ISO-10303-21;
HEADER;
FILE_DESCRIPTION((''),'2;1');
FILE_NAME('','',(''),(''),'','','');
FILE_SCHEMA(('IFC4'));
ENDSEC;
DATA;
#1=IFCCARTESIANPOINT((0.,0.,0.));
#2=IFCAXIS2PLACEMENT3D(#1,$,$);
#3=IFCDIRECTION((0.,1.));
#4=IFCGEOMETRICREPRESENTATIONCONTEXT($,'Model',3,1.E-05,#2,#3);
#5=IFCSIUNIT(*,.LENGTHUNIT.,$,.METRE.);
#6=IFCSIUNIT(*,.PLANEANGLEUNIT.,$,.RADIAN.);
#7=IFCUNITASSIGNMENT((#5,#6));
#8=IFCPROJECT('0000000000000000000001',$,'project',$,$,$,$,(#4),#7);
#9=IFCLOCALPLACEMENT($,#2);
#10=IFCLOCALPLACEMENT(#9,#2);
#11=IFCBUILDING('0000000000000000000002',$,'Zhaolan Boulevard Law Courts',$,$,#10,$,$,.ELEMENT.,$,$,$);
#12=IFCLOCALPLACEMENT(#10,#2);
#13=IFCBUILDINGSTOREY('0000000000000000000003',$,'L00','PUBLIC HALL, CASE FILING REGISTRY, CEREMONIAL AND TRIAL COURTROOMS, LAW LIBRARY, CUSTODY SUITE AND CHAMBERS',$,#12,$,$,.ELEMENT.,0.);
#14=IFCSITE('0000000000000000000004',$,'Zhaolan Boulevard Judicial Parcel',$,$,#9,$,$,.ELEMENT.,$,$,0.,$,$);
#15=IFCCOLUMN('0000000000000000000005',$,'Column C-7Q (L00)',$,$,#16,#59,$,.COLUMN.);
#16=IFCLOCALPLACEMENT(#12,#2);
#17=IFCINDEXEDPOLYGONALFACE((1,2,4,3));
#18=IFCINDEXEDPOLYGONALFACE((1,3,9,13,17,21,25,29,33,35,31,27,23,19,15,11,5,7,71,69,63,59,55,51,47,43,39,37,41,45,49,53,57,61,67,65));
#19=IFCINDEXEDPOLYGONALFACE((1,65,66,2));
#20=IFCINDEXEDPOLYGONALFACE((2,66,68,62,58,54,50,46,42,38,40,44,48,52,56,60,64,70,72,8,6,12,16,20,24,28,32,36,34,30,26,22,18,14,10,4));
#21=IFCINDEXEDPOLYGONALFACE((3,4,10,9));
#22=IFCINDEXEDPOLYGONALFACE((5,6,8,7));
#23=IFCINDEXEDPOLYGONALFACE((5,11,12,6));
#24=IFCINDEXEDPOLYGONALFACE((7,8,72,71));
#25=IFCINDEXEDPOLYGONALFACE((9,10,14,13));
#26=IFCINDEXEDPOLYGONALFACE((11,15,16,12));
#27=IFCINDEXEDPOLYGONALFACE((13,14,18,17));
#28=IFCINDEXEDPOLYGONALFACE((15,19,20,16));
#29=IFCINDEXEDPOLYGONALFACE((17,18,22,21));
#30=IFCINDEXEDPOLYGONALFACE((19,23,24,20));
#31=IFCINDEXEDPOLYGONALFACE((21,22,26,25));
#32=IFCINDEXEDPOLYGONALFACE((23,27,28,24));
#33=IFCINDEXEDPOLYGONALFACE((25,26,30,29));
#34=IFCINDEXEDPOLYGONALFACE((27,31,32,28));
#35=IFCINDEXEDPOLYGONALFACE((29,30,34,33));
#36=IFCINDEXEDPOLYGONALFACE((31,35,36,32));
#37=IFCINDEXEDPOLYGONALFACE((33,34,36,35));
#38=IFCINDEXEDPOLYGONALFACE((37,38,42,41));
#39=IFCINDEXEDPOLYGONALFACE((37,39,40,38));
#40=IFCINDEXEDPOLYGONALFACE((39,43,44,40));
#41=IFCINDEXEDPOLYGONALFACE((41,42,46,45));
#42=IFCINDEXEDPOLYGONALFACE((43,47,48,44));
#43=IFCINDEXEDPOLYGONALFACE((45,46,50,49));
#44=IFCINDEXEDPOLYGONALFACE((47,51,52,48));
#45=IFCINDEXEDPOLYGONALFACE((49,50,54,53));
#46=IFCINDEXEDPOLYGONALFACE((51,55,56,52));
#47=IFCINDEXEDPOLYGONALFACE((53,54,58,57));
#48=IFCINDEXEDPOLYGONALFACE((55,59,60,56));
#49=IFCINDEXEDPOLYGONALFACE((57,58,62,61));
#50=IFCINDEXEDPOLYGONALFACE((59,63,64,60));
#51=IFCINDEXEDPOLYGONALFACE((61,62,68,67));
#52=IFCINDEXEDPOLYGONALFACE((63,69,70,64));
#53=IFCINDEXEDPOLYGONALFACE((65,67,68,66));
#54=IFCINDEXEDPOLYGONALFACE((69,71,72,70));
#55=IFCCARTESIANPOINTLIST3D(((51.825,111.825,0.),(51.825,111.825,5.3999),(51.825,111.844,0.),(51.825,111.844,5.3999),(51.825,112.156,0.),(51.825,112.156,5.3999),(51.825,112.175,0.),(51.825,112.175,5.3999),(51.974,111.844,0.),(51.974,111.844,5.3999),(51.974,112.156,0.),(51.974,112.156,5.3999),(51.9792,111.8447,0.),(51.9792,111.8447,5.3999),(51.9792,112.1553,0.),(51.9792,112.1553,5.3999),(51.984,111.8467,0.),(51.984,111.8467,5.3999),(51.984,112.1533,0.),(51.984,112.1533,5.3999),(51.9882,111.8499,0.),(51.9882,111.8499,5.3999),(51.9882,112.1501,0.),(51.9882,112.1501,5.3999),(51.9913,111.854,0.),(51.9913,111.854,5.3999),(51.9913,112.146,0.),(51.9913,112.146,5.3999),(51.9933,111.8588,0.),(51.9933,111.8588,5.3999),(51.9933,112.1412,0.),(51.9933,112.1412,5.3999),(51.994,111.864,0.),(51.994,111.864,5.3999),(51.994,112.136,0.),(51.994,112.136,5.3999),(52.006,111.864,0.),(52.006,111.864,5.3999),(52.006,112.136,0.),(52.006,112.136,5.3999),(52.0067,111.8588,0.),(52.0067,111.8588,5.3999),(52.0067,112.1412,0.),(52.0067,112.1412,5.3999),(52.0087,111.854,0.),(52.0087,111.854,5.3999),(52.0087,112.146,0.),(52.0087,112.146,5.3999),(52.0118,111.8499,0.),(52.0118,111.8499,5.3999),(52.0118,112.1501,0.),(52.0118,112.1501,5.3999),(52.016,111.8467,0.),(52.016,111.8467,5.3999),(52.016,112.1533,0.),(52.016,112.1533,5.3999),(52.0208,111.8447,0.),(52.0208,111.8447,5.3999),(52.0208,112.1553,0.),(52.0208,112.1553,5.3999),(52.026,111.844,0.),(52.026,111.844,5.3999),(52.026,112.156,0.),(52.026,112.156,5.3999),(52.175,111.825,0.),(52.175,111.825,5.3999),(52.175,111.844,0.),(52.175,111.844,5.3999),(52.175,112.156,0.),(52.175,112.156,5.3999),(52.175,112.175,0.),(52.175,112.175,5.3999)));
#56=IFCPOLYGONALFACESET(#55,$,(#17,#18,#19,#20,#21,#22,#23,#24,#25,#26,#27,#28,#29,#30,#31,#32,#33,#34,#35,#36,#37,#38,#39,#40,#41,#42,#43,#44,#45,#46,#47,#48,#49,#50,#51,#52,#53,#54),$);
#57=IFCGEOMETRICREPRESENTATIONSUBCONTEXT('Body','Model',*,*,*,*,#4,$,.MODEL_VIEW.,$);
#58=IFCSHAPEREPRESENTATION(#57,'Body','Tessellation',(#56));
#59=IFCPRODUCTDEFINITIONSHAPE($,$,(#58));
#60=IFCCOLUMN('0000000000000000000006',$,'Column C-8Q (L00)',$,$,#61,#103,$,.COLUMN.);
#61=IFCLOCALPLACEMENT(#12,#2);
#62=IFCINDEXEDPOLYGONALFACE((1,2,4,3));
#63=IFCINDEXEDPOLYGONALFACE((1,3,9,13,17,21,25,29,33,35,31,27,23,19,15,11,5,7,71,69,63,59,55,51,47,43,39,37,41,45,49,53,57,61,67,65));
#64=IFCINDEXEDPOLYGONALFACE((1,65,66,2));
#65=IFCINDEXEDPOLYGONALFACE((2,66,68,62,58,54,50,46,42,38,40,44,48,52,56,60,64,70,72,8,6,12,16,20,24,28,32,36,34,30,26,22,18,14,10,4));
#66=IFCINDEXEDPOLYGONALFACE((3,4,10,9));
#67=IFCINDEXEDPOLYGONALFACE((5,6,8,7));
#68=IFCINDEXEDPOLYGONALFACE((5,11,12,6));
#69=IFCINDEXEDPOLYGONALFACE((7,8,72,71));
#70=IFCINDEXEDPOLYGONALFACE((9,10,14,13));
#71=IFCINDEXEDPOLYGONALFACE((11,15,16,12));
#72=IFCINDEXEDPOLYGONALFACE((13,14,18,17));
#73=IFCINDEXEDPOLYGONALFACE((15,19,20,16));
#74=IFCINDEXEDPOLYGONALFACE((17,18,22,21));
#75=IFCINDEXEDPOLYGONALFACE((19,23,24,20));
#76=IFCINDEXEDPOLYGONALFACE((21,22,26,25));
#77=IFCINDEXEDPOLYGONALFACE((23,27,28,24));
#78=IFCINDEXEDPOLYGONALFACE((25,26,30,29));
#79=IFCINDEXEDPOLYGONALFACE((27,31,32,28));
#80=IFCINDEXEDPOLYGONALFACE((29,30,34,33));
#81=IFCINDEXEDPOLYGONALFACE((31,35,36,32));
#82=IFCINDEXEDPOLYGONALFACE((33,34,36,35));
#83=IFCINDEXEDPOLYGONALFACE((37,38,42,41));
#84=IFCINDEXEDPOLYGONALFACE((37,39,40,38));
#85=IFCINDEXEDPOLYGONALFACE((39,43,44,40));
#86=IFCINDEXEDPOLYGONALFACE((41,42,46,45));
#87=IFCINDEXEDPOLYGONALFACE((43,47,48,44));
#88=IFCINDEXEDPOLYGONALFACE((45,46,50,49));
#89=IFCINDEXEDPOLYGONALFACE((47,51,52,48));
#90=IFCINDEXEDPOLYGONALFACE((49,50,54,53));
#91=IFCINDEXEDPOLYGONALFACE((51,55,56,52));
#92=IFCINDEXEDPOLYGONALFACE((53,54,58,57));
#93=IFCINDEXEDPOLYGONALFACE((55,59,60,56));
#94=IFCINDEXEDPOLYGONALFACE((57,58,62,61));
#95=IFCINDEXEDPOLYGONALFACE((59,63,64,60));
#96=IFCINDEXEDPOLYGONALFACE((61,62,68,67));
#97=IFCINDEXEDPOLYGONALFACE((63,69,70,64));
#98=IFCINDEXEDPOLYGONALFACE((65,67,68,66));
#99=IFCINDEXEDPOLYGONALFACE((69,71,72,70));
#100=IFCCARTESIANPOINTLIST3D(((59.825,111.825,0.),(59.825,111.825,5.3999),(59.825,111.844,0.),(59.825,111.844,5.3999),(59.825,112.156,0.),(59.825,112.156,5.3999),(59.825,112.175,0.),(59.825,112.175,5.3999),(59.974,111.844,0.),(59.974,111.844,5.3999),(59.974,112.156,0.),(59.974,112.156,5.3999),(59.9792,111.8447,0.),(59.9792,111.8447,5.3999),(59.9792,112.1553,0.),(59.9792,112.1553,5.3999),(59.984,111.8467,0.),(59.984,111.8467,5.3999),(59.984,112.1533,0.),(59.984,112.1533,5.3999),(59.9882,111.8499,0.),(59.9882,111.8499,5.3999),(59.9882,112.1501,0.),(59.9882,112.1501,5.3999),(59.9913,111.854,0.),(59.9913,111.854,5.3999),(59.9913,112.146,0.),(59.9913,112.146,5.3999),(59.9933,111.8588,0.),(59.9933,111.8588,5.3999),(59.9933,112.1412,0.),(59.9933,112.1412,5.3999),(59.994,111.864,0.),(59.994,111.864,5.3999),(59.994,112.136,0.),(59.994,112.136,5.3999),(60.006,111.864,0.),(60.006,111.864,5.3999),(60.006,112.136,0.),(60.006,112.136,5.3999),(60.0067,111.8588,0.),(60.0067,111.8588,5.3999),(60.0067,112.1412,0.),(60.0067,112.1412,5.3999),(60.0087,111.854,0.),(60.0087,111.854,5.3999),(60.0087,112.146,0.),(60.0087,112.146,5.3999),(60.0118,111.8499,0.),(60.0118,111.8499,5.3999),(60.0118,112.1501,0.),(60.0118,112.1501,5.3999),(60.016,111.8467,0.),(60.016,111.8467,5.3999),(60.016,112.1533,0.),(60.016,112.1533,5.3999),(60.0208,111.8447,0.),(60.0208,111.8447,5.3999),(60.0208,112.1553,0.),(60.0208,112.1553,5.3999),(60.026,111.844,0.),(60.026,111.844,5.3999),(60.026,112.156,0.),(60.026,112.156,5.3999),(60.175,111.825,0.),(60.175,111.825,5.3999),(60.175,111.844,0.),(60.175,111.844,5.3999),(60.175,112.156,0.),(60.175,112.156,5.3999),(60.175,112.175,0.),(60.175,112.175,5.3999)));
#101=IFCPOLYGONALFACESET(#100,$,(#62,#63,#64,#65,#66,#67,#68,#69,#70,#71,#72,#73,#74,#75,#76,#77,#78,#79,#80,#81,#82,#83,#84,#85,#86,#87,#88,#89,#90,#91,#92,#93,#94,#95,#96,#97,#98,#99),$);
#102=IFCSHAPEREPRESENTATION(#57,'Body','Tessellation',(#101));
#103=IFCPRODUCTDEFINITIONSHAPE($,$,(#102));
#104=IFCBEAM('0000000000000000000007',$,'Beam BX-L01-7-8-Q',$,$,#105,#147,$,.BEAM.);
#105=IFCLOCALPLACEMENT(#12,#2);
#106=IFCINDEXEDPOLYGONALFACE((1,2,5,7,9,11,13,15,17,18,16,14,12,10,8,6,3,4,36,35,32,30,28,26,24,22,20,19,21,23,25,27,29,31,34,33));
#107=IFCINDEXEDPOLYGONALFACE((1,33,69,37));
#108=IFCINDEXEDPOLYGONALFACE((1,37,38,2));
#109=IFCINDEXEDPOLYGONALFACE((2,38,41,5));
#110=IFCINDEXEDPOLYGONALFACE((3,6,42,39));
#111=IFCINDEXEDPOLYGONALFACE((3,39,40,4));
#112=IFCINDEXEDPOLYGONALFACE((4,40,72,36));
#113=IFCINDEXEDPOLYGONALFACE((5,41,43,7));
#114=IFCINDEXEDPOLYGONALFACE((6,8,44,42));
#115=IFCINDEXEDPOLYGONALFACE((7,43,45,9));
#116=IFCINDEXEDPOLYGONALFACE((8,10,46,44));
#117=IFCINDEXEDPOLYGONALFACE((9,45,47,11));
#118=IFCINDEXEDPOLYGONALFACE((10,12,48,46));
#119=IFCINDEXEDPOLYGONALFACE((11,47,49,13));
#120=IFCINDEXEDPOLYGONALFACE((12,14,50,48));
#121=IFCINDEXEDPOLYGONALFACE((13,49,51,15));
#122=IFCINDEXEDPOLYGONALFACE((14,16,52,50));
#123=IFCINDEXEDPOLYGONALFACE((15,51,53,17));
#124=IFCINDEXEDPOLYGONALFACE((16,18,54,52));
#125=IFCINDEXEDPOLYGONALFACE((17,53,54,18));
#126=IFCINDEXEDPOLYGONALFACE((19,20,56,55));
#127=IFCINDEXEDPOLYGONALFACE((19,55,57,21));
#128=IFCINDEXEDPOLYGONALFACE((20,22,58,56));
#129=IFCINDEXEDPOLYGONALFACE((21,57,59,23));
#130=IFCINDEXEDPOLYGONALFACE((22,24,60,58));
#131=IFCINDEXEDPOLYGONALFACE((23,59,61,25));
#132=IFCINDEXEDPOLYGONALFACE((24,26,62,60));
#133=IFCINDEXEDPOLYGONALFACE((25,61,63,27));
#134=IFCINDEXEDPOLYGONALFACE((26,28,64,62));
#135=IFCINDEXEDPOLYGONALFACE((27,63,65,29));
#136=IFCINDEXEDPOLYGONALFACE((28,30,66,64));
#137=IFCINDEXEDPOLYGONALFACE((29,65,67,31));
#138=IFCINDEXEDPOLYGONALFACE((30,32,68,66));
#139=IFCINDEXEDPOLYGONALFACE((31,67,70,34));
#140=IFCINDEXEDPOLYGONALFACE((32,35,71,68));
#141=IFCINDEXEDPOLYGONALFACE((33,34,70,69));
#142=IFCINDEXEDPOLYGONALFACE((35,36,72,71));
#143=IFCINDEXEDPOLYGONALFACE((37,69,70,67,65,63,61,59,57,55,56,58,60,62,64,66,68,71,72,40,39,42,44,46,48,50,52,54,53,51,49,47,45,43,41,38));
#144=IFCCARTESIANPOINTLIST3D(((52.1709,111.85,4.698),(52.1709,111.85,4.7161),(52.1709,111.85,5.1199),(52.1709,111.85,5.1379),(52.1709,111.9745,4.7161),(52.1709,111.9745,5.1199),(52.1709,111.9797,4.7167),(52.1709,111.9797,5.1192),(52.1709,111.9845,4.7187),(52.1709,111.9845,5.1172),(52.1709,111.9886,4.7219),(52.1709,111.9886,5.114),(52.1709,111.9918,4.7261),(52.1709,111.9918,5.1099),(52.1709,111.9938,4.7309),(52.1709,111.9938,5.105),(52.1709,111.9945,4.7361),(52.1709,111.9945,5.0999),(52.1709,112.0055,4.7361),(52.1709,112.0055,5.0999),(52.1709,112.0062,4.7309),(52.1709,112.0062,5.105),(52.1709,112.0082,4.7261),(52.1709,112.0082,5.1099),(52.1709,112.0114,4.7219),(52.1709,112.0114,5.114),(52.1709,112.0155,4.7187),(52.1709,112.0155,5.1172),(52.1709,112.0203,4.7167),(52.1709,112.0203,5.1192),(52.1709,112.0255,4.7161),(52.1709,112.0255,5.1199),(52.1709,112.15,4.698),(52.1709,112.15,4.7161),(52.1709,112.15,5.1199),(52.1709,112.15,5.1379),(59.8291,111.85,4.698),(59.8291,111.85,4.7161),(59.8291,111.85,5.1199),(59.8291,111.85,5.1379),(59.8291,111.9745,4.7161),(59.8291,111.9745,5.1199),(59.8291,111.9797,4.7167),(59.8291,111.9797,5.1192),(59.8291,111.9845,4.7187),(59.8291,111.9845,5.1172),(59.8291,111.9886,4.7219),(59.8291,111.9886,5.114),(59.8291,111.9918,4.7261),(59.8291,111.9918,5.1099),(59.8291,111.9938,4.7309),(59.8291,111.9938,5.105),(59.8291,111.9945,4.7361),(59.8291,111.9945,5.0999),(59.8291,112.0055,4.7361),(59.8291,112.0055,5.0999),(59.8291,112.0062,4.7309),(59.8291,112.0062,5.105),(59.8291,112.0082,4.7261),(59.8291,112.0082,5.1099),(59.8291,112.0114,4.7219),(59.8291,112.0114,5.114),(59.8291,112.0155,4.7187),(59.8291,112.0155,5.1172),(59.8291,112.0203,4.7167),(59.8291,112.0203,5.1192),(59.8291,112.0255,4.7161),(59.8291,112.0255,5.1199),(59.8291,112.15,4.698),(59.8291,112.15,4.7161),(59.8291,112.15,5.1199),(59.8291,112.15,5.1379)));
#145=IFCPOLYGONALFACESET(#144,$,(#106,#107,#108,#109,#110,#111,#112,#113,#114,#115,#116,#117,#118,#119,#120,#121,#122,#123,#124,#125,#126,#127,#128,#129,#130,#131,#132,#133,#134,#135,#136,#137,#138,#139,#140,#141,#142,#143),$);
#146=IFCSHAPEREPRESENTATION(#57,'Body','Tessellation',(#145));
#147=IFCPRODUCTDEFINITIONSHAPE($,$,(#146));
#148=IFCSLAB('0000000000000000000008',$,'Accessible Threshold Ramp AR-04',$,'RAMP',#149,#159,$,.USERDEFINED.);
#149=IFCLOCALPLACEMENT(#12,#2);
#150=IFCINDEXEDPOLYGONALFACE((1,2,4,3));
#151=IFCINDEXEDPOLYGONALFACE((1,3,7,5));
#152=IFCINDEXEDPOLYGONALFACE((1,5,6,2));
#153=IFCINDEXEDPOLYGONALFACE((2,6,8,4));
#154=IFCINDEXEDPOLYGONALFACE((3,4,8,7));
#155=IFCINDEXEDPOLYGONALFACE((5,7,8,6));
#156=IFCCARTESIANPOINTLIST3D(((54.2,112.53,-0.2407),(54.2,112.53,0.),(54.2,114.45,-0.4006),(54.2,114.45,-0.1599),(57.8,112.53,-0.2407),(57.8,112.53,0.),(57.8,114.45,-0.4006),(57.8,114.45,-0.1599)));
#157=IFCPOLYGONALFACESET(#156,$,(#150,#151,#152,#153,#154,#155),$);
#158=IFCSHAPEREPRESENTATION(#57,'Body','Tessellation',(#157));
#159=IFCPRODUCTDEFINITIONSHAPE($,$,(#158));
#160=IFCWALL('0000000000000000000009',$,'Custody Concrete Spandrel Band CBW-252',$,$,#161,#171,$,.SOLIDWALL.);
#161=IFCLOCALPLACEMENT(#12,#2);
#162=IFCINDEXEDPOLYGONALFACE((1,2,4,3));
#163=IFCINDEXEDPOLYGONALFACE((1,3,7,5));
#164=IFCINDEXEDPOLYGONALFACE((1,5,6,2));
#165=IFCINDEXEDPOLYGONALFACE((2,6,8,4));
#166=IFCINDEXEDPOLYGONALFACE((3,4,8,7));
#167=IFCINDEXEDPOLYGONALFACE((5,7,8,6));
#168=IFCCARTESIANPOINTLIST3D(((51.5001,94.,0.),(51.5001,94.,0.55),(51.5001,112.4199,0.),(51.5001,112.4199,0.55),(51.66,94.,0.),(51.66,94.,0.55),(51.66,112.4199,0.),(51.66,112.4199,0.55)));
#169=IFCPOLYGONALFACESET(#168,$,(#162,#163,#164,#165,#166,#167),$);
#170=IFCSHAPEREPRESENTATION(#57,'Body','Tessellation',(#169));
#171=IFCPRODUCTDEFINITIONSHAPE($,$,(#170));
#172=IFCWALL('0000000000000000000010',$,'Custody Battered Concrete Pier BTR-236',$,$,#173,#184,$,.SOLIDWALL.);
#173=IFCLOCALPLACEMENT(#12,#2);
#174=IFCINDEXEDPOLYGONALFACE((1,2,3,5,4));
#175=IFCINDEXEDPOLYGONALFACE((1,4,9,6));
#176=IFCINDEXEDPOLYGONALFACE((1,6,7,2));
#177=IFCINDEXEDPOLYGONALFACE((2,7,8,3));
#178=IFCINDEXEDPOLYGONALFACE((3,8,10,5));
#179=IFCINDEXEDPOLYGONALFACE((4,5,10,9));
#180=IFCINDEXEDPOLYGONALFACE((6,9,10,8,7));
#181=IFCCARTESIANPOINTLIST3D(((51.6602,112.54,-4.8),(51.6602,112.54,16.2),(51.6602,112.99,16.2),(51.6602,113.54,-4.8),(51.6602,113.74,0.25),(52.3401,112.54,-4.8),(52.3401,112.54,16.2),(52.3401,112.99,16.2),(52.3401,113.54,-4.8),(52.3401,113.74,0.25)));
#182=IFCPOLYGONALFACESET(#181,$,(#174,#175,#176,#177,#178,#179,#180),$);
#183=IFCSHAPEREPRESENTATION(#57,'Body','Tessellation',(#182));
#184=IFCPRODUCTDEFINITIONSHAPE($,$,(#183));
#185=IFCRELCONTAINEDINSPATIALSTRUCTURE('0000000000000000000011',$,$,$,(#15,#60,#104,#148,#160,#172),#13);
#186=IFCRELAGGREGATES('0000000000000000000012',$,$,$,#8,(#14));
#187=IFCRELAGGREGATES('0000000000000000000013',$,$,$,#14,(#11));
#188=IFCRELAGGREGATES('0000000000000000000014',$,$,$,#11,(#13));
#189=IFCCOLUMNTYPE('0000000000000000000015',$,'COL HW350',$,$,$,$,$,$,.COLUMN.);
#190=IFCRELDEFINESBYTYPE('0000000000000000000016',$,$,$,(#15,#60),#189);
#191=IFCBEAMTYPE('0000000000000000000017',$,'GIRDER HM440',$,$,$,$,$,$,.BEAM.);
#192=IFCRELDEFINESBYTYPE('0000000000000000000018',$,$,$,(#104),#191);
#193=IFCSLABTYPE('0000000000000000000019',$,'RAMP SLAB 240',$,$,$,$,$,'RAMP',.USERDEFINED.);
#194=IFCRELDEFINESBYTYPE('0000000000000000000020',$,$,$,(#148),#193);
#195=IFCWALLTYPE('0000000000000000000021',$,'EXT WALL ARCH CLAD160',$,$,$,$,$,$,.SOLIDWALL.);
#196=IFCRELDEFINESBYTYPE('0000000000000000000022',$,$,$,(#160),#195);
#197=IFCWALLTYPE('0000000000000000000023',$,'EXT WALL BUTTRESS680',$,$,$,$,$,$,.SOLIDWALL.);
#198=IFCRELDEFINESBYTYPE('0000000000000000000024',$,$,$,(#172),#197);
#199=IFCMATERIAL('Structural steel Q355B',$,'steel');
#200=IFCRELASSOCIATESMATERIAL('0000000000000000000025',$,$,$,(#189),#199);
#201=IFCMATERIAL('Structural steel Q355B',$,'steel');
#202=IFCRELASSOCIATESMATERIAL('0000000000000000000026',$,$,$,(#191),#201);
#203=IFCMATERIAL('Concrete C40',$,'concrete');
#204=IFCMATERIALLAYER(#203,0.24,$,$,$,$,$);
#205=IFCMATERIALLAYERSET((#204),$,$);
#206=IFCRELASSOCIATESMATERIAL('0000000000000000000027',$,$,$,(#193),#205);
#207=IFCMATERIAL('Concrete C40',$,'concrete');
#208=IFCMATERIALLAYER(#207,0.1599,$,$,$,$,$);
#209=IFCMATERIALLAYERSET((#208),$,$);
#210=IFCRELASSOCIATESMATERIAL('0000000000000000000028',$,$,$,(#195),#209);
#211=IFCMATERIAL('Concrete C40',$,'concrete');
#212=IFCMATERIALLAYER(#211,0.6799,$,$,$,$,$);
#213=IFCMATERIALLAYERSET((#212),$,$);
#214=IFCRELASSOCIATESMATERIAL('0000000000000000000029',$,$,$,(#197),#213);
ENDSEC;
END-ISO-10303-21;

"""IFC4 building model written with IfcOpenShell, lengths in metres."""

from ifc_helpers import new_model, si_unit, direction, frame, frame_2d, origin, origin_2d, place, context, subcontext, project, spatial, polyline, rectangle, i_section, outline, extrude, material, layer, layer_set, material_profile, profile_set, type_object, element, save


model = new_model("IFC4")

# Units and contexts
model_context = context("Model", 3, precision=1e-05, world=origin(), true_north=direction((0.0, 1.0)))
body_context = subcontext(model_context, "Body", "Model", "MODEL_VIEW")
ifc_project = project(units=[si_unit("LENGTHUNIT", "METRE"), si_unit("PLANEANGLEUNIT", "RADIAN")], contexts=[model_context])

# Site, building, storey
site_placement = place(None, origin())
site = spatial("IfcSite", under=ifc_project, at=site_placement, Name="Zhaolan Boulevard Judicial Parcel", CompositionType="ELEMENT", RefElevation=0.0)
building_placement = place(site_placement, origin())
building = spatial("IfcBuilding", under=site, at=building_placement, Name="Zhaolan Boulevard Law Courts", CompositionType="ELEMENT")
storey_placement = place(building_placement, origin())
storey = spatial("IfcBuildingStorey", under=building, at=storey_placement, Name="L00", Description="PUBLIC HALL, CASE FILING REGISTRY, CEREMONIAL AND TRIAL COURTROOMS, LAW LIBRARY, CUSTODY SUITE AND CHAMBERS", CompositionType="ELEMENT", Elevation=0.0)

# Columns
ifc_material_1 = material(Name="Structural steel Q355B", Category="steel")
ifc_material_profile_1 = material_profile(ifc_material_1, i_section(OverallWidth=0.3501, OverallDepth=0.3501, WebThickness=0.012, FlangeThickness=0.019, FilletRadius=0.02, at=origin_2d()), Name="HW350x350")
ifc_profile_set_1 = profile_set([ifc_material_profile_1], Name="Structural steel Q355B")
column_type = type_object("IfcColumnType", Name="COL HW350", PredefinedType="COLUMN", material=ifc_profile_set_1)
for number, where, z_axis, x_axis, name in (
    (1, (52.0, 112.0, 0.0), (0.0, 0.0, 1.0), (1.0, 0.0, 0.0), "Column C-7Q (L00)"),
    (2, (60.0, 112.0, 0.0), (0.0, 0.0, 1.0), (1.0, 0.0, 0.0), "Column C-8Q (L00)"),
):
    element("IfcColumn", number, at=place(storey_placement, frame(where, z_axis=z_axis, x_axis=x_axis)), inside=storey, type_object=column_type, Name=name, PredefinedType="COLUMN", context=body_context, shape_type="SweptSolid", body=[
        extrude(i_section(OverallWidth=0.3501, OverallDepth=0.3501, WebThickness=0.012, FlangeThickness=0.019, FilletRadius=0.02, at=origin_2d()), origin(), (0.0, 0.0, 1.0), 5.3999),
    ])

# Beam
ifc_material_2 = material(Name="Structural steel Q355B", Category="steel")
ifc_material_profile_2 = material_profile(ifc_material_2, i_section(OverallWidth=0.3, OverallDepth=0.4399, WebThickness=0.011, FlangeThickness=0.0181, FilletRadius=0.02, at=origin_2d()), Name="HM440x300")
ifc_profile_set_2 = profile_set([ifc_material_profile_2], Name="Structural steel Q355B")
beam_type = type_object("IfcBeamType", Name="GIRDER HM440", PredefinedType="BEAM", material=ifc_profile_set_2)
beam_placement = place(storey_placement, frame((52.1709, 112.0, 4.918), z_axis=(1.0, 0.0, 0.0), x_axis=(0.0, 1.0, 0.0)))
element("IfcBeam", 3, at=beam_placement, inside=storey, type_object=beam_type, Name="Beam BX-L01-7-8-Q", PredefinedType="BEAM", context=body_context, shape_type="SweptSolid", body=[
    extrude(i_section(OverallWidth=0.3, OverallDepth=0.4399, WebThickness=0.011, FlangeThickness=0.0181, FilletRadius=0.02, at=origin_2d()), origin(), (0.0, 0.0, 1.0), 7.6582),
])

# Slab
ifc_material_3 = material(Name="Concrete C40", Category="concrete")
ifc_layer_1 = layer(ifc_material_3, 0.24)
ifc_layer_set_1 = layer_set([ifc_layer_1])
slab_type = type_object("IfcSlabType", Name="RAMP SLAB 240", ElementType="RAMP", PredefinedType="USERDEFINED", material=ifc_layer_set_1)
slab_placement = place(storey_placement, frame((54.2, 112.53, -0.1599), z_axis=(1.0, 0.0, 0.0), x_axis=(0.0, 1.0, 0.0)))
element("IfcSlab", 4, at=slab_placement, inside=storey, type_object=slab_type, Name="Accessible Threshold Ramp AR-04", ObjectType="RAMP", PredefinedType="USERDEFINED", context=body_context, shape_type="SweptSolid", body=[
    extrude(outline(polyline([(0.0, 0.1599), (1.9199, 0.0), (1.9199, -0.2407), (0.0, -0.0808), (0.0, 0.1599)])), origin(), (0.0, 0.0, 1.0), 3.6001),
])

# Walls
ifc_material_4 = material(Name="Concrete C40", Category="concrete")
ifc_layer_2 = layer(ifc_material_4, 0.1599)
ifc_layer_set_2 = layer_set([ifc_layer_2])
wall_type_1 = type_object("IfcWallType", Name="EXT WALL ARCH CLAD160", PredefinedType="SOLIDWALL", material=ifc_layer_set_2)
wall_1_placement = place(storey_placement, frame((51.5801, 112.4199, 0.0), z_axis=(0.0, 0.0, 1.0), x_axis=(0.0, -1.0, 0.0)))
element("IfcWall", 5, at=wall_1_placement, inside=storey, type_object=wall_type_1, Name="Custody Concrete Spandrel Band CBW-252", PredefinedType="SOLIDWALL", context=body_context, shape_type="SweptSolid", body=[
    extrude(rectangle(XDim=18.4199, YDim=0.1599, at=frame_2d((9.21, 0.0))), origin(), (0.0, 0.0, 1.0), 0.55),
])
ifc_material_5 = material(Name="Concrete C40", Category="concrete")
ifc_layer_3 = layer(ifc_material_5, 0.6799)
ifc_layer_set_3 = layer_set([ifc_layer_3])
wall_type_2 = type_object("IfcWallType", Name="EXT WALL BUTTRESS680", PredefinedType="SOLIDWALL", material=ifc_layer_set_3)
wall_2_placement = place(storey_placement, frame((52.0, 112.54, -4.8), z_axis=(0.0, 0.0, 1.0), x_axis=(0.0, 1.0, 0.0)))
element("IfcWall", 6, at=wall_2_placement, inside=storey, type_object=wall_type_2, Name="Custody Battered Concrete Pier BTR-236", PredefinedType="SOLIDWALL", context=body_context, shape_type="SweptSolid", body=[
    extrude(outline(polyline([(0.0, 0.0), (1.0, 0.0), (1.2, 5.05), (0.45, 21.0), (0.0, 21.0), (0.0, 0.0)])), frame((0.0, 0.3398, 0.0), z_axis=(0.0, -1.0, 0.0), x_axis=(1.0, 0.0, 0.0)), (0.0, 0.0, 1.0), 0.6799),
])

save(model, "model.ifc")
